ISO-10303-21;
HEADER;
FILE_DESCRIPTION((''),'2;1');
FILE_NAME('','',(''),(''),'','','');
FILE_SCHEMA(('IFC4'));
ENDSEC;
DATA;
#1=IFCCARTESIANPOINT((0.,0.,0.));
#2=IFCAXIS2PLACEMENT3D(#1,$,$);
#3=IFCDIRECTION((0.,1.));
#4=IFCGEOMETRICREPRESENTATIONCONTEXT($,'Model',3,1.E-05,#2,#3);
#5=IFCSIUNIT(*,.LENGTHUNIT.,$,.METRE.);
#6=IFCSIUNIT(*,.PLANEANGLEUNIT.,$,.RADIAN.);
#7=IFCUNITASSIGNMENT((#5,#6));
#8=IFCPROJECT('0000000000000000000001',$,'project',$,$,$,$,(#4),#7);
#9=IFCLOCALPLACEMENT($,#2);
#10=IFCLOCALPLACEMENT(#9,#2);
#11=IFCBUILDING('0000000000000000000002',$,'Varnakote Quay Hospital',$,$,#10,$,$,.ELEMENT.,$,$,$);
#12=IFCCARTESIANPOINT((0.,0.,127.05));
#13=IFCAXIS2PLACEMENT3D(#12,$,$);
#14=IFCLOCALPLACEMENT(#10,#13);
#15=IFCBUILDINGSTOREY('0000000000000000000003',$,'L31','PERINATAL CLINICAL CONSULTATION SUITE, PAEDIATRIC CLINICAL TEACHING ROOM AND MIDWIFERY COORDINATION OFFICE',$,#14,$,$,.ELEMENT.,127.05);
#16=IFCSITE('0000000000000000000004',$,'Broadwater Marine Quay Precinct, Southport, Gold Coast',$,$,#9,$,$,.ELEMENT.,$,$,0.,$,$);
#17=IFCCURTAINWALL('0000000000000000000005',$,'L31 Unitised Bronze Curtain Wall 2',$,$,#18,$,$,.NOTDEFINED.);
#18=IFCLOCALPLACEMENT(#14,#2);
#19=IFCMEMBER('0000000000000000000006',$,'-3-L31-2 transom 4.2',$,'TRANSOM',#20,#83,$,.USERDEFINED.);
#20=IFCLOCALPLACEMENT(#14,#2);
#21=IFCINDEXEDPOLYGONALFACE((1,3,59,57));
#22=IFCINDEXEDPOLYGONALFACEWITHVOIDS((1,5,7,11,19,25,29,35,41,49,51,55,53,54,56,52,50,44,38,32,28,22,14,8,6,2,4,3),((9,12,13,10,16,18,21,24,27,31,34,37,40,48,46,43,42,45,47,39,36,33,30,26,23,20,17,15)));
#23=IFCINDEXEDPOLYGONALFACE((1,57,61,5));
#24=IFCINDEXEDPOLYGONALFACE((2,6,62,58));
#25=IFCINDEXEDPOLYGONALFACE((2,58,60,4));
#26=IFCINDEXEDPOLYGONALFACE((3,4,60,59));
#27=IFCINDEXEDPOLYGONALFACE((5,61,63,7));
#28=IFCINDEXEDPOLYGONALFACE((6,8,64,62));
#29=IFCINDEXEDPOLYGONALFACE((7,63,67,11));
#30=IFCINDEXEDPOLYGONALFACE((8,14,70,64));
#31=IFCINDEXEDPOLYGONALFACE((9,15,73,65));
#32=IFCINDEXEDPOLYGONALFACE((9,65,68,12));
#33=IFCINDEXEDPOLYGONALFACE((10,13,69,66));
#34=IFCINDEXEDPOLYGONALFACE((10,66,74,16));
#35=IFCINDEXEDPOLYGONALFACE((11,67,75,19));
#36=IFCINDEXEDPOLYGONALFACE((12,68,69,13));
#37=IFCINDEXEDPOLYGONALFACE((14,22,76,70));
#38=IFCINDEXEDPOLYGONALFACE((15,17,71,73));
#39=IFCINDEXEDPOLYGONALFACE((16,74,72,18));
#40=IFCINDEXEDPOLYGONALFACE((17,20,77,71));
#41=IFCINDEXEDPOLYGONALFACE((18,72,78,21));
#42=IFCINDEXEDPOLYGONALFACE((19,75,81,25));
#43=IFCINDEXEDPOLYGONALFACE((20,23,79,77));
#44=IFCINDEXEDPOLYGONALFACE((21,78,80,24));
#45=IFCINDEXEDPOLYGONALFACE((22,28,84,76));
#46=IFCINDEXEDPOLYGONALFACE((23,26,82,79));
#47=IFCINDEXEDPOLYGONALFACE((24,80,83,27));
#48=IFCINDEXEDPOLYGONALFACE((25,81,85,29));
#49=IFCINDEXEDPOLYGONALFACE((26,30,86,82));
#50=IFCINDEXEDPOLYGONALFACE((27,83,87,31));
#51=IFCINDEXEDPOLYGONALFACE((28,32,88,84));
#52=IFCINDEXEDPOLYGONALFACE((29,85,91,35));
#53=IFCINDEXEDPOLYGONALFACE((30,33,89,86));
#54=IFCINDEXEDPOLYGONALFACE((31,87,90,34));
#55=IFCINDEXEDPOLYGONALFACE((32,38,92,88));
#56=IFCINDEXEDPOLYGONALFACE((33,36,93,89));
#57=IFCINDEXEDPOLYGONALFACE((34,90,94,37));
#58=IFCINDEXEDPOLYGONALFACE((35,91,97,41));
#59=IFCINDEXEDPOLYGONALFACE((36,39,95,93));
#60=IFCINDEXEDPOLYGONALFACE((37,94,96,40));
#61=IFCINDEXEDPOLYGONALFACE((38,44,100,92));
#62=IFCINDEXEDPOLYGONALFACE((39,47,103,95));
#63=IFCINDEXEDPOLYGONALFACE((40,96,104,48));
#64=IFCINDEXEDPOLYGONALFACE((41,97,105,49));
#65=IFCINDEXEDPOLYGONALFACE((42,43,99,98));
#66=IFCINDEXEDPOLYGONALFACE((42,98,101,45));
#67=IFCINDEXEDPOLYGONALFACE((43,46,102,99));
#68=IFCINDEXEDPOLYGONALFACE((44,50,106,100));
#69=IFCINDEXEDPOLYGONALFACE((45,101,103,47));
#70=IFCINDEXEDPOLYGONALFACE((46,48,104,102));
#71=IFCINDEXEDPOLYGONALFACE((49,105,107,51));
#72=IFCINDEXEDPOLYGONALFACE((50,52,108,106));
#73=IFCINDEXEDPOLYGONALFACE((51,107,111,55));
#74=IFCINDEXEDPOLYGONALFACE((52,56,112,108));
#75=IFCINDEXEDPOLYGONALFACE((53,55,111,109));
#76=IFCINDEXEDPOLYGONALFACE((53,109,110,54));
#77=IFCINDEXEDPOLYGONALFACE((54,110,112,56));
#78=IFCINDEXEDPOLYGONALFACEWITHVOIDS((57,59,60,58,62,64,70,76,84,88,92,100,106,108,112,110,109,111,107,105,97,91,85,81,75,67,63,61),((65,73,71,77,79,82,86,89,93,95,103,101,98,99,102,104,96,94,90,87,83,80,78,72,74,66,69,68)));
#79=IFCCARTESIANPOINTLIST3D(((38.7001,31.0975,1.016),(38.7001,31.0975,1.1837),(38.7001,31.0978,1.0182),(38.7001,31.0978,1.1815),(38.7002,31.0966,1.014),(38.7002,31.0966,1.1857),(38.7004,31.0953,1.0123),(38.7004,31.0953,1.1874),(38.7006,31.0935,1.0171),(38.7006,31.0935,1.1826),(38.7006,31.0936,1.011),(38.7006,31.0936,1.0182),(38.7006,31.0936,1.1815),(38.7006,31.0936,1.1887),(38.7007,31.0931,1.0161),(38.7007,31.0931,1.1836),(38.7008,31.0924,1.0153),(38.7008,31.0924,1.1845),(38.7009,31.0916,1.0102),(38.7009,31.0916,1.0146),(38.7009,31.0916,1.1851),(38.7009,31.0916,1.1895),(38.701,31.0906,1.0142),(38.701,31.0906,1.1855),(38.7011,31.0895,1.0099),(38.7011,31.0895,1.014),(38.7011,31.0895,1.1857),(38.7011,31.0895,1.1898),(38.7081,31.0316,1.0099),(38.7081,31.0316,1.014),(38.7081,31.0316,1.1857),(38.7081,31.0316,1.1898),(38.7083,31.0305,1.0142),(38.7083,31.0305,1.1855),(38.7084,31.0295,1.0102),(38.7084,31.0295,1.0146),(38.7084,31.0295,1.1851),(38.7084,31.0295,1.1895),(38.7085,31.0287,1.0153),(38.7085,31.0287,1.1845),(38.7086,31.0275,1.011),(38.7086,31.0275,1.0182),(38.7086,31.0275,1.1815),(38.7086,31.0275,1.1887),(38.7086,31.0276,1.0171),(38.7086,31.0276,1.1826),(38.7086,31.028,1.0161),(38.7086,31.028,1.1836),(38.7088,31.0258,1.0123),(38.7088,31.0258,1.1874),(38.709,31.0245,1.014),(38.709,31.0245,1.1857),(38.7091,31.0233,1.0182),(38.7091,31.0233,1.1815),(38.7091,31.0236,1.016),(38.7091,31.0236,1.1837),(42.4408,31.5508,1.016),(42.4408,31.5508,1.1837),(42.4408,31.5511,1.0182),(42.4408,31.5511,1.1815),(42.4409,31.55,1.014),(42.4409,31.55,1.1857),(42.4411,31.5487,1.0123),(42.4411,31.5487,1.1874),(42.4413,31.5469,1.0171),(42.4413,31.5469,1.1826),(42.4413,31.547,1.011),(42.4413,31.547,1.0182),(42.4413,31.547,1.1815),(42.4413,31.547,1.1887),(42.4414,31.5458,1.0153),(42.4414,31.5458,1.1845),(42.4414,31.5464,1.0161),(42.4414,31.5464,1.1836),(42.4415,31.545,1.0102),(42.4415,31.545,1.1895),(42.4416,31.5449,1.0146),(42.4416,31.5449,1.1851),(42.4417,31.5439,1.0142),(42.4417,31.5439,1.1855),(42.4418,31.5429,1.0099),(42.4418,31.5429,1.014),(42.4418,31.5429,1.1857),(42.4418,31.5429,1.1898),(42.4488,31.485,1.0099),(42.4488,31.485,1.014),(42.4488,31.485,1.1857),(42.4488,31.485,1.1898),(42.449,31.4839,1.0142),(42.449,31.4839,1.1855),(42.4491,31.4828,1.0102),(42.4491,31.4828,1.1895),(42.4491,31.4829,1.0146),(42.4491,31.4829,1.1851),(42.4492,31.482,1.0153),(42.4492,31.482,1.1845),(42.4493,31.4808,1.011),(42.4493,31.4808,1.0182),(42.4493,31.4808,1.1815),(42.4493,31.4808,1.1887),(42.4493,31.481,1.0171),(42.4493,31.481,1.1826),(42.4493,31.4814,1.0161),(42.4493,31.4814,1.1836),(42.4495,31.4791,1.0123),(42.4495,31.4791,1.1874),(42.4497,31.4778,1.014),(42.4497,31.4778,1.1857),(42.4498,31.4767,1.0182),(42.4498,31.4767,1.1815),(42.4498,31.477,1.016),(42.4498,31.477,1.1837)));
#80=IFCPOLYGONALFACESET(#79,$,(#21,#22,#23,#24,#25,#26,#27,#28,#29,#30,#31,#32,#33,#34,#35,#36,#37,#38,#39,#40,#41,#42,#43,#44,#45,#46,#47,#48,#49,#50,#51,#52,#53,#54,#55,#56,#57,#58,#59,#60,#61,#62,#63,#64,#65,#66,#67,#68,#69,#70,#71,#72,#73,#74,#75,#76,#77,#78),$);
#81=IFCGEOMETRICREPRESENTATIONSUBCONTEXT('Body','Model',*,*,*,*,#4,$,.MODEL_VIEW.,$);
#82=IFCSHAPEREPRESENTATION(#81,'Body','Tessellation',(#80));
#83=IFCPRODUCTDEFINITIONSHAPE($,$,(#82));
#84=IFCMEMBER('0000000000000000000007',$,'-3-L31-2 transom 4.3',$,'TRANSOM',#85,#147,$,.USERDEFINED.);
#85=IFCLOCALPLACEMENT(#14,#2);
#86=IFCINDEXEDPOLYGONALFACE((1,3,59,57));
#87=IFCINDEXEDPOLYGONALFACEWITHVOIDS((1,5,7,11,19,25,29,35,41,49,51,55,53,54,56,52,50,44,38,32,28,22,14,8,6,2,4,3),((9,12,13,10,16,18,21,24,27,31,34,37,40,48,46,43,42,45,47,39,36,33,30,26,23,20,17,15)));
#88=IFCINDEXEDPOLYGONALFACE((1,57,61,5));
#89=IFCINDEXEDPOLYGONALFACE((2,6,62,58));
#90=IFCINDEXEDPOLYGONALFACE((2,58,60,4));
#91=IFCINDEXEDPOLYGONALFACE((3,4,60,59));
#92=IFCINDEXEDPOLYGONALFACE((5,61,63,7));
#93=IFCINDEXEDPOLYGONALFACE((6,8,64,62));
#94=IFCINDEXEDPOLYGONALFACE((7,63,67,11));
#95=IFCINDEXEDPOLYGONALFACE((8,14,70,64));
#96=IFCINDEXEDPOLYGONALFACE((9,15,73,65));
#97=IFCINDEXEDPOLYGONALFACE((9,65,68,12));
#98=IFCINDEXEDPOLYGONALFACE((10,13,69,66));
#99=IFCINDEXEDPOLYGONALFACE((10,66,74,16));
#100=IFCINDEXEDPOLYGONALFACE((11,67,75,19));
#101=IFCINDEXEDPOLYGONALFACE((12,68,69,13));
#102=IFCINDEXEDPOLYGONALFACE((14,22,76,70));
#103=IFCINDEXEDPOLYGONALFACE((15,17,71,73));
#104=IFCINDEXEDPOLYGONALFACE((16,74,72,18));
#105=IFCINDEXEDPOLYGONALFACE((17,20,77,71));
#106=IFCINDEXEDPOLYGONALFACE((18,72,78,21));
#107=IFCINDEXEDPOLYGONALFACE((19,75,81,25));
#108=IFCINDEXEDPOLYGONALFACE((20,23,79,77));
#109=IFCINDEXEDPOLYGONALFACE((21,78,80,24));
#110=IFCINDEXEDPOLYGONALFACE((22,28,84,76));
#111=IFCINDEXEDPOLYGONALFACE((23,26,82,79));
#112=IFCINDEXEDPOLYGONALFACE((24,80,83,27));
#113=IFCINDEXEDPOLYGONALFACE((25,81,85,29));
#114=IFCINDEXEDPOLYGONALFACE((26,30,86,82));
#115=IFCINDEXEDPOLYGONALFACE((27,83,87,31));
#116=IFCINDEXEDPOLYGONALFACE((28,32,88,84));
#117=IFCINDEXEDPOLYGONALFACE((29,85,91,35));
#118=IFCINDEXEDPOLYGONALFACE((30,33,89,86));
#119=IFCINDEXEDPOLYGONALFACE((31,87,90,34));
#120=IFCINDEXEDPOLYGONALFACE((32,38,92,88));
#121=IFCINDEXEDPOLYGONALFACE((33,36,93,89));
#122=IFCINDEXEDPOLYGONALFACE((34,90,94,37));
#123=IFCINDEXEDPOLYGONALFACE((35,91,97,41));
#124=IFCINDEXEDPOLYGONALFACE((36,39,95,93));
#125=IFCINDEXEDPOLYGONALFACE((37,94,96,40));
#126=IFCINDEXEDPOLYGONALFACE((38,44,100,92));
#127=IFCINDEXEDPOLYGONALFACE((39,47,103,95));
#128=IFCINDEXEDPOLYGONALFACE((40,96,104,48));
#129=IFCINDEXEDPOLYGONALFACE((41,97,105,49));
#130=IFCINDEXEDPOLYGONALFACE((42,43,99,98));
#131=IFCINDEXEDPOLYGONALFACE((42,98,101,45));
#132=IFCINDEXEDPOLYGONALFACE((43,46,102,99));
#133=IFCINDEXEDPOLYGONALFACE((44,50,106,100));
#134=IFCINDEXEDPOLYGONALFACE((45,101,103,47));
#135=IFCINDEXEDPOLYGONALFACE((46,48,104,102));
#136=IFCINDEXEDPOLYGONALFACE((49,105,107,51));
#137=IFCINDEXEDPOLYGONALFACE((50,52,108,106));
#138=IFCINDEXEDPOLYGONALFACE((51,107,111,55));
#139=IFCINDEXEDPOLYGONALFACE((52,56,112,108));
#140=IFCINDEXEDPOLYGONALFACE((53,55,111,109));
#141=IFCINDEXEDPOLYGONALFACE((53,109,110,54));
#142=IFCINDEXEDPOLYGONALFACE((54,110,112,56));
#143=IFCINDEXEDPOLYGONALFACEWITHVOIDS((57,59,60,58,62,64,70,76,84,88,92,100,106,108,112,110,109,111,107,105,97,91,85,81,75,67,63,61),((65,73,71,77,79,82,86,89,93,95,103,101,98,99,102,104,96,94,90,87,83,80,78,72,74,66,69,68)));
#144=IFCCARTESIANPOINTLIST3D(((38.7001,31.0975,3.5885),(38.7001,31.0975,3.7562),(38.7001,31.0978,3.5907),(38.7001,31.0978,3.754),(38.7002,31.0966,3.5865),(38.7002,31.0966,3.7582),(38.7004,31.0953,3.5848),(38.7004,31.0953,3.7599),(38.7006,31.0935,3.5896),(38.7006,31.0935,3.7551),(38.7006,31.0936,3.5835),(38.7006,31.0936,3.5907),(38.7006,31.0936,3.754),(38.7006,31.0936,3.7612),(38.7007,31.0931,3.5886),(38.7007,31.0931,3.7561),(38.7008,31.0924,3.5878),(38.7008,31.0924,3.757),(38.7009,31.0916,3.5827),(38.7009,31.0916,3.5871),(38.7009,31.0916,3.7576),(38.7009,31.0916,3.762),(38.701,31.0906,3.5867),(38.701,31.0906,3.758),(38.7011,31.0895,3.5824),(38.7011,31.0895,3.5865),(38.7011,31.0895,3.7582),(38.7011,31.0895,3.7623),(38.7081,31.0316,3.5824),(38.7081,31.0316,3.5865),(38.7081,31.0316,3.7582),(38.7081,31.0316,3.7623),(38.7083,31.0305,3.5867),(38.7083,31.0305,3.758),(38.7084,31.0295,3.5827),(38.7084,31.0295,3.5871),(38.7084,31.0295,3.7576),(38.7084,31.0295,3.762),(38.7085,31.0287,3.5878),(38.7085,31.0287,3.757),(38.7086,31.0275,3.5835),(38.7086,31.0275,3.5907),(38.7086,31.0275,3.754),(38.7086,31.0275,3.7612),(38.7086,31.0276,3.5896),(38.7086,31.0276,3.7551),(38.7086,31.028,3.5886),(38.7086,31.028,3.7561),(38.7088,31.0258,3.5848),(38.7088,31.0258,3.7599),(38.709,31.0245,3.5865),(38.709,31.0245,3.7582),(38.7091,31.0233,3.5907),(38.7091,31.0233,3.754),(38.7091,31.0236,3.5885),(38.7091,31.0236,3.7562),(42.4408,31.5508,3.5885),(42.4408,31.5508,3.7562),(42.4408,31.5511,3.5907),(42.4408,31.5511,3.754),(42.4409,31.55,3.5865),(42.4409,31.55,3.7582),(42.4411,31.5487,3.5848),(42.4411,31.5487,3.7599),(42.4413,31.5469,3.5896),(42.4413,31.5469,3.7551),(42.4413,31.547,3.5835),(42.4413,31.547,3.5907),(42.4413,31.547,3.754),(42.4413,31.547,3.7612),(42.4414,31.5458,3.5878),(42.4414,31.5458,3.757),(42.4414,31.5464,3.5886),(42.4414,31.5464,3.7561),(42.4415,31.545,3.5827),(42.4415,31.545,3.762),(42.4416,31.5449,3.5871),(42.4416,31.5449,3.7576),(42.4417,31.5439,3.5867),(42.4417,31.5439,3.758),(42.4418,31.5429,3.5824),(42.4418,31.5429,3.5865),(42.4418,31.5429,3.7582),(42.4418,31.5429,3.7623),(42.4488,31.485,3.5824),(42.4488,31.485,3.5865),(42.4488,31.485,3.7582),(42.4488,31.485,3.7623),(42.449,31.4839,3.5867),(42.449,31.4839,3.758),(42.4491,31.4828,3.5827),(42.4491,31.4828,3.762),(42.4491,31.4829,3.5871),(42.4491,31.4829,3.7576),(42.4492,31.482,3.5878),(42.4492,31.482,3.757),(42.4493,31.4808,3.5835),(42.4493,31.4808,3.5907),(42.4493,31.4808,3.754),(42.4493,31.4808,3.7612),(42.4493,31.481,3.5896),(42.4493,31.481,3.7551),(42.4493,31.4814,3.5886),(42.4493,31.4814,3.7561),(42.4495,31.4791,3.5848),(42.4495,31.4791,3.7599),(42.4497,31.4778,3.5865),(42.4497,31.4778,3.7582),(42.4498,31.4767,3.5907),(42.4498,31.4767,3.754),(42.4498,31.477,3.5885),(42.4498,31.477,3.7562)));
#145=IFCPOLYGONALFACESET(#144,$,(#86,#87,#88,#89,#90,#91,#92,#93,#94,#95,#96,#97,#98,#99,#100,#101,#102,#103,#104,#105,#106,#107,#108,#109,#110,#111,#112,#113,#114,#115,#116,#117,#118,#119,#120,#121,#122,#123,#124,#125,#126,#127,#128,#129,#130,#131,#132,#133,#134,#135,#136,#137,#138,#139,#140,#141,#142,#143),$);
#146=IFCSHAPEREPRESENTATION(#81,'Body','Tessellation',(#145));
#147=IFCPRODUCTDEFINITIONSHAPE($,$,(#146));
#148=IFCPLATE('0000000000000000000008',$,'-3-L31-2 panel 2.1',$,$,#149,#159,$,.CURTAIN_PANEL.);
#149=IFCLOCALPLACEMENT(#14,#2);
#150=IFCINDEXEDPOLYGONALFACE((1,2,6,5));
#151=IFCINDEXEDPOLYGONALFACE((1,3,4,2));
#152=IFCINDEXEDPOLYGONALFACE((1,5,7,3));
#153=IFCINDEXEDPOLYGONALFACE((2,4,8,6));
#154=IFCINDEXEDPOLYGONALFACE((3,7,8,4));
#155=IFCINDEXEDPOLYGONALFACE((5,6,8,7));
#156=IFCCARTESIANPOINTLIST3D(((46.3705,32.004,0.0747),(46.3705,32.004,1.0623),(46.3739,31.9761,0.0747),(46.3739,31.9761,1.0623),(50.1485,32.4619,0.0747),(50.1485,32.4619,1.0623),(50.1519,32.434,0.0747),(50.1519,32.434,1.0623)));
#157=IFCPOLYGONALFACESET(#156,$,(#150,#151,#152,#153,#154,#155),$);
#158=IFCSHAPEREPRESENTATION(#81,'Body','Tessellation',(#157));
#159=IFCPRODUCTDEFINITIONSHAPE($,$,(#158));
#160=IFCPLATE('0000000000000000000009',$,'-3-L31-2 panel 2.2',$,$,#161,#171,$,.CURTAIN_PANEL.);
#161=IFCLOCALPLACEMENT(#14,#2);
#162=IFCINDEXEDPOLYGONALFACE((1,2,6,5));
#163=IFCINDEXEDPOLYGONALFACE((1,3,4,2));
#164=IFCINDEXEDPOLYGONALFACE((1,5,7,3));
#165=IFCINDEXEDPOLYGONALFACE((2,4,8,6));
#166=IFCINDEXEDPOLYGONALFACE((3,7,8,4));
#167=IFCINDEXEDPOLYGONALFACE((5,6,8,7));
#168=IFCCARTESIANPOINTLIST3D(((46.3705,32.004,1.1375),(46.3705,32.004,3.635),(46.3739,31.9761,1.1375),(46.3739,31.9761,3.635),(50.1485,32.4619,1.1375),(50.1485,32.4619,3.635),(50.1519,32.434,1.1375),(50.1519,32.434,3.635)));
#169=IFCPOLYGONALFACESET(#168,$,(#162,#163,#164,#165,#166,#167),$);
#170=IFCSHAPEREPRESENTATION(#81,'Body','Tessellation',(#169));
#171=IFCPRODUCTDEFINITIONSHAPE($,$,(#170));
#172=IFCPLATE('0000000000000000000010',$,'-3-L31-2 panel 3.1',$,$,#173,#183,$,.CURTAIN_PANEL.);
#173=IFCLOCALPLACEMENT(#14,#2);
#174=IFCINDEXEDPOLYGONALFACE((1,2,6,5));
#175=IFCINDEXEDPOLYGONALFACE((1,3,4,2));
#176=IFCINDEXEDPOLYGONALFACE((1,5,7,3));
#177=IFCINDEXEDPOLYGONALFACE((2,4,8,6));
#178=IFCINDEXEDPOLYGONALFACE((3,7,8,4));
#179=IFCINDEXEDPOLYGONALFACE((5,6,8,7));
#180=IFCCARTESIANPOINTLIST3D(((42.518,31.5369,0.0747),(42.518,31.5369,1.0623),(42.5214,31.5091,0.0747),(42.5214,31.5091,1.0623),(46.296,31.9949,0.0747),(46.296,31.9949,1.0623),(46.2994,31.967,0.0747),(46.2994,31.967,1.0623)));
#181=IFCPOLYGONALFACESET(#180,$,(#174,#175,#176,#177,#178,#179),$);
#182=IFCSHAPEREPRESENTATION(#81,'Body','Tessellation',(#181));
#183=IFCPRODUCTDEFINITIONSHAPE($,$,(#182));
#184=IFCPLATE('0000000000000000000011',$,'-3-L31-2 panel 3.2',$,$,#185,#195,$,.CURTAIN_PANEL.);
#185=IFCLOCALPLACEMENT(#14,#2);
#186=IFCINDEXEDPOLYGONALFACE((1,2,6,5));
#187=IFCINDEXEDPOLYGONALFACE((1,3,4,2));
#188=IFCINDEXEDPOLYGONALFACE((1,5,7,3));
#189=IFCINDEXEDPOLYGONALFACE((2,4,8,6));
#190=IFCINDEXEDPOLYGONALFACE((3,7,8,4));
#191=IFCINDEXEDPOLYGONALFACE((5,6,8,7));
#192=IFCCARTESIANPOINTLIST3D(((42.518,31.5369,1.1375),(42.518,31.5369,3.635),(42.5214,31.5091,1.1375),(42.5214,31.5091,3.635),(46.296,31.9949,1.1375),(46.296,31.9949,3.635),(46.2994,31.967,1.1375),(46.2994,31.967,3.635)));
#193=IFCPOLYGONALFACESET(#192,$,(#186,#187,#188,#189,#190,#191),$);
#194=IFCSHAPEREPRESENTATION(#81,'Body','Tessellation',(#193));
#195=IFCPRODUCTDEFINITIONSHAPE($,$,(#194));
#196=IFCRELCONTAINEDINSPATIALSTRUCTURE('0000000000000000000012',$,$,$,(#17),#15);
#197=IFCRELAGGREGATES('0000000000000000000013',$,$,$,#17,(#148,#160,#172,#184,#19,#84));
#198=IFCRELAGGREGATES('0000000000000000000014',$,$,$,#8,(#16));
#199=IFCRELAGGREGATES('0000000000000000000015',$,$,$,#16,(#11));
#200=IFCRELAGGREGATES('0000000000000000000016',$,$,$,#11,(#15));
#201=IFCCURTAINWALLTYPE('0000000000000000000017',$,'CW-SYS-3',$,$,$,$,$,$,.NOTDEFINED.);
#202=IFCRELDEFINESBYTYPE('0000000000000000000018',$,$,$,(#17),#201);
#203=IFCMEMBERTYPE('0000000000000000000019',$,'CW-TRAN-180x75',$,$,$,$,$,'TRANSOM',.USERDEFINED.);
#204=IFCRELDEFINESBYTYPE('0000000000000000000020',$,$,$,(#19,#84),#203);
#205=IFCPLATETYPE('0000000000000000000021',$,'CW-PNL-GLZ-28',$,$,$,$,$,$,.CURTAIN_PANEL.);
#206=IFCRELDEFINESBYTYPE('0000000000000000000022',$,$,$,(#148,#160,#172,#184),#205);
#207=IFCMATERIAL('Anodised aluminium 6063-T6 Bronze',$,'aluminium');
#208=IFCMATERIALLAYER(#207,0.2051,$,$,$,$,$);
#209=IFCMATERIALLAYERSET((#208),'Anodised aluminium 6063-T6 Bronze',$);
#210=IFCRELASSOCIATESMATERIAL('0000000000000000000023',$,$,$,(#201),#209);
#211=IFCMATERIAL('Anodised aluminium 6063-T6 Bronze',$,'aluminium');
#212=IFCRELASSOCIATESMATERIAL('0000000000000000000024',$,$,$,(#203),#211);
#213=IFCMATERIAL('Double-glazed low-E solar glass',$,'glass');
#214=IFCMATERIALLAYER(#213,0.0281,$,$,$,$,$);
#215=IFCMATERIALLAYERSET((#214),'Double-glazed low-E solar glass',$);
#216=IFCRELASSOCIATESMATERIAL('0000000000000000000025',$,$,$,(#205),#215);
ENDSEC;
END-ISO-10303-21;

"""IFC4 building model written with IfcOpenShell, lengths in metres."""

from ifc_helpers import new_model, si_unit, direction, frame, origin, origin_2d, place, context, subcontext, project, spatial, rectangle, hollow_rectangle, extrude, material, layer, layer_set, material_profile, profile_set, type_object, element, aggregate, save


model = new_model("IFC4")

# Units and contexts
model_context = context("Model", 3, precision=1e-05, world=origin(), true_north=direction((0.0, 1.0)))
body_context = subcontext(model_context, "Body", "Model", "MODEL_VIEW")
ifc_project = project(units=[si_unit("LENGTHUNIT", "METRE"), si_unit("PLANEANGLEUNIT", "RADIAN")], contexts=[model_context])

# Site, building, storey
site_placement = place(None, origin())
site = spatial("IfcSite", under=ifc_project, at=site_placement, Name="Broadwater Marine Quay Precinct, Southport, Gold Coast", CompositionType="ELEMENT", RefElevation=0.0)
building_placement = place(site_placement, origin())
building = spatial("IfcBuilding", under=site, at=building_placement, Name="Varnakote Quay Hospital", CompositionType="ELEMENT")
storey_placement = place(building_placement, frame((0.0, 0.0, 127.05)))
storey = spatial("IfcBuildingStorey", under=building, at=storey_placement, Name="L31", Description="PERINATAL CLINICAL CONSULTATION SUITE, PAEDIATRIC CLINICAL TEACHING ROOM AND MIDWIFERY COORDINATION OFFICE", CompositionType="ELEMENT", Elevation=127.05)

# Curtain wall, members, plates
ifc_material_1 = material(Name="Anodised aluminium 6063-T6 Bronze", Category="aluminium")
ifc_layer_1 = layer(ifc_material_1, 0.2051)
ifc_layer_set_1 = layer_set([ifc_layer_1], Name="Anodised aluminium 6063-T6 Bronze")
curtain_wall_type = type_object("IfcCurtainWallType", Name="CW-SYS-3", PredefinedType="NOTDEFINED", material=ifc_layer_set_1)
curtain_wall_placement = place(storey_placement, origin())
curtain_wall = element("IfcCurtainWall", 1, at=curtain_wall_placement, inside=storey, type_object=curtain_wall_type, Name="L31 Unitised Bronze Curtain Wall 2", PredefinedType="NOTDEFINED")
ifc_material_2 = material(Name="Anodised aluminium 6063-T6 Bronze", Category="aluminium")
ifc_material_profile_1 = material_profile(ifc_material_2, hollow_rectangle(XDim=0.075, YDim=0.1799, WallThickness=0.0042, InnerFilletRadius=0.0042, OuterFilletRadius=0.0083, at=origin_2d()), Name="CW-TRAN-180x75")
ifc_profile_set_1 = profile_set([ifc_material_profile_1], Name="Anodised aluminium 6063-T6 Bronze")
member_type_1 = type_object("IfcMemberType", Name="CW-TRAN-180x75", ElementType="TRANSOM", PredefinedType="USERDEFINED", material=ifc_profile_set_1)
member_1_placement = place(storey_placement, frame((42.4453, 31.5139, 1.0999), z_axis=(-0.992735, -0.120318, 0.0), x_axis=(0.120318, -0.992735, 0.0)))
member_1 = element("IfcMember", 2, at=member_1_placement, type_object=member_type_1, Name="-3-L31-2 transom 4.2", ObjectType="TRANSOM", PredefinedType="USERDEFINED", context=body_context, shape_type="SweptSolid", body=[
    extrude(hollow_rectangle(XDim=0.075, YDim=0.1799, WallThickness=0.0042, InnerFilletRadius=0.0042, OuterFilletRadius=0.0083, at=origin_2d()), origin(), (0.0, 0.0, 1.0), 3.7681),
])
member_2_placement = place(storey_placement, frame((42.4453, 31.5139, 3.6724), z_axis=(-0.992735, -0.120318, 0.0), x_axis=(0.120318, -0.992735, 0.0)))
member_2 = element("IfcMember", 3, at=member_2_placement, type_object=member_type_1, Name="-3-L31-2 transom 4.3", ObjectType="TRANSOM", PredefinedType="USERDEFINED", context=body_context, shape_type="SweptSolid", body=[
    extrude(hollow_rectangle(XDim=0.075, YDim=0.1799, WallThickness=0.0042, InnerFilletRadius=0.0042, OuterFilletRadius=0.0083, at=origin_2d()), origin(), (0.0, 0.0, 1.0), 3.7681),
])
ifc_material_3 = material(Name="Double-glazed low-E solar glass", Category="glass")
ifc_layer_2 = layer(ifc_material_3, 0.0281)
ifc_layer_set_2 = layer_set([ifc_layer_2], Name="Double-glazed low-E solar glass")
plate_type = type_object("IfcPlateType", Name="CW-PNL-GLZ-28", PredefinedType="CURTAIN_PANEL", material=ifc_layer_set_2)
plate_1_placement = place(storey_placement, frame((48.2612, 32.219, 0.0747), z_axis=(0.0, 0.0, 1.0), x_axis=(-0.992734, -0.120327, 0.0)))
plate_1 = element("IfcPlate", 4, at=plate_1_placement, type_object=plate_type, Name="-3-L31-2 panel 2.1", PredefinedType="CURTAIN_PANEL", context=body_context, shape_type="SweptSolid", body=[
    extrude(rectangle(XDim=3.8057, YDim=0.0281, at=origin_2d()), origin(), (0.0, 0.0, 1.0), 0.9875),
])
plate_2_placement = place(storey_placement, frame((48.2612, 32.219, 1.1375), z_axis=(0.0, 0.0, 1.0), x_axis=(-0.992734, -0.120327, 0.0)))
plate_2 = element("IfcPlate", 5, at=plate_2_placement, type_object=plate_type, Name="-3-L31-2 panel 2.2", PredefinedType="CURTAIN_PANEL", context=body_context, shape_type="SweptSolid", body=[
    extrude(rectangle(XDim=3.8057, YDim=0.0281, at=origin_2d()), origin(), (0.0, 0.0, 1.0), 2.4976),
])
plate_3_placement = place(storey_placement, frame((44.4087, 31.752, 0.0747), z_axis=(0.0, 0.0, 1.0), x_axis=(-0.992734, -0.120327, 0.0)))
plate_3 = element("IfcPlate", 6, at=plate_3_placement, type_object=plate_type, Name="-3-L31-2 panel 3.1", PredefinedType="CURTAIN_PANEL", context=body_context, shape_type="SweptSolid", body=[
    extrude(rectangle(XDim=3.8057, YDim=0.0281, at=origin_2d()), origin(), (0.0, 0.0, 1.0), 0.9875),
])
plate_4_placement = place(storey_placement, frame((44.4087, 31.752, 1.1375), z_axis=(0.0, 0.0, 1.0), x_axis=(-0.992734, -0.120327, 0.0)))
plate_4 = element("IfcPlate", 7, at=plate_4_placement, type_object=plate_type, Name="-3-L31-2 panel 3.2", PredefinedType="CURTAIN_PANEL", context=body_context, shape_type="SweptSolid", body=[
    extrude(rectangle(XDim=3.8057, YDim=0.0281, at=origin_2d()), origin(), (0.0, 0.0, 1.0), 2.4976),
])
aggregate(curtain_wall, [plate_1, plate_2, plate_3, plate_4, member_1, member_2])

save(model, "model.ifc")
